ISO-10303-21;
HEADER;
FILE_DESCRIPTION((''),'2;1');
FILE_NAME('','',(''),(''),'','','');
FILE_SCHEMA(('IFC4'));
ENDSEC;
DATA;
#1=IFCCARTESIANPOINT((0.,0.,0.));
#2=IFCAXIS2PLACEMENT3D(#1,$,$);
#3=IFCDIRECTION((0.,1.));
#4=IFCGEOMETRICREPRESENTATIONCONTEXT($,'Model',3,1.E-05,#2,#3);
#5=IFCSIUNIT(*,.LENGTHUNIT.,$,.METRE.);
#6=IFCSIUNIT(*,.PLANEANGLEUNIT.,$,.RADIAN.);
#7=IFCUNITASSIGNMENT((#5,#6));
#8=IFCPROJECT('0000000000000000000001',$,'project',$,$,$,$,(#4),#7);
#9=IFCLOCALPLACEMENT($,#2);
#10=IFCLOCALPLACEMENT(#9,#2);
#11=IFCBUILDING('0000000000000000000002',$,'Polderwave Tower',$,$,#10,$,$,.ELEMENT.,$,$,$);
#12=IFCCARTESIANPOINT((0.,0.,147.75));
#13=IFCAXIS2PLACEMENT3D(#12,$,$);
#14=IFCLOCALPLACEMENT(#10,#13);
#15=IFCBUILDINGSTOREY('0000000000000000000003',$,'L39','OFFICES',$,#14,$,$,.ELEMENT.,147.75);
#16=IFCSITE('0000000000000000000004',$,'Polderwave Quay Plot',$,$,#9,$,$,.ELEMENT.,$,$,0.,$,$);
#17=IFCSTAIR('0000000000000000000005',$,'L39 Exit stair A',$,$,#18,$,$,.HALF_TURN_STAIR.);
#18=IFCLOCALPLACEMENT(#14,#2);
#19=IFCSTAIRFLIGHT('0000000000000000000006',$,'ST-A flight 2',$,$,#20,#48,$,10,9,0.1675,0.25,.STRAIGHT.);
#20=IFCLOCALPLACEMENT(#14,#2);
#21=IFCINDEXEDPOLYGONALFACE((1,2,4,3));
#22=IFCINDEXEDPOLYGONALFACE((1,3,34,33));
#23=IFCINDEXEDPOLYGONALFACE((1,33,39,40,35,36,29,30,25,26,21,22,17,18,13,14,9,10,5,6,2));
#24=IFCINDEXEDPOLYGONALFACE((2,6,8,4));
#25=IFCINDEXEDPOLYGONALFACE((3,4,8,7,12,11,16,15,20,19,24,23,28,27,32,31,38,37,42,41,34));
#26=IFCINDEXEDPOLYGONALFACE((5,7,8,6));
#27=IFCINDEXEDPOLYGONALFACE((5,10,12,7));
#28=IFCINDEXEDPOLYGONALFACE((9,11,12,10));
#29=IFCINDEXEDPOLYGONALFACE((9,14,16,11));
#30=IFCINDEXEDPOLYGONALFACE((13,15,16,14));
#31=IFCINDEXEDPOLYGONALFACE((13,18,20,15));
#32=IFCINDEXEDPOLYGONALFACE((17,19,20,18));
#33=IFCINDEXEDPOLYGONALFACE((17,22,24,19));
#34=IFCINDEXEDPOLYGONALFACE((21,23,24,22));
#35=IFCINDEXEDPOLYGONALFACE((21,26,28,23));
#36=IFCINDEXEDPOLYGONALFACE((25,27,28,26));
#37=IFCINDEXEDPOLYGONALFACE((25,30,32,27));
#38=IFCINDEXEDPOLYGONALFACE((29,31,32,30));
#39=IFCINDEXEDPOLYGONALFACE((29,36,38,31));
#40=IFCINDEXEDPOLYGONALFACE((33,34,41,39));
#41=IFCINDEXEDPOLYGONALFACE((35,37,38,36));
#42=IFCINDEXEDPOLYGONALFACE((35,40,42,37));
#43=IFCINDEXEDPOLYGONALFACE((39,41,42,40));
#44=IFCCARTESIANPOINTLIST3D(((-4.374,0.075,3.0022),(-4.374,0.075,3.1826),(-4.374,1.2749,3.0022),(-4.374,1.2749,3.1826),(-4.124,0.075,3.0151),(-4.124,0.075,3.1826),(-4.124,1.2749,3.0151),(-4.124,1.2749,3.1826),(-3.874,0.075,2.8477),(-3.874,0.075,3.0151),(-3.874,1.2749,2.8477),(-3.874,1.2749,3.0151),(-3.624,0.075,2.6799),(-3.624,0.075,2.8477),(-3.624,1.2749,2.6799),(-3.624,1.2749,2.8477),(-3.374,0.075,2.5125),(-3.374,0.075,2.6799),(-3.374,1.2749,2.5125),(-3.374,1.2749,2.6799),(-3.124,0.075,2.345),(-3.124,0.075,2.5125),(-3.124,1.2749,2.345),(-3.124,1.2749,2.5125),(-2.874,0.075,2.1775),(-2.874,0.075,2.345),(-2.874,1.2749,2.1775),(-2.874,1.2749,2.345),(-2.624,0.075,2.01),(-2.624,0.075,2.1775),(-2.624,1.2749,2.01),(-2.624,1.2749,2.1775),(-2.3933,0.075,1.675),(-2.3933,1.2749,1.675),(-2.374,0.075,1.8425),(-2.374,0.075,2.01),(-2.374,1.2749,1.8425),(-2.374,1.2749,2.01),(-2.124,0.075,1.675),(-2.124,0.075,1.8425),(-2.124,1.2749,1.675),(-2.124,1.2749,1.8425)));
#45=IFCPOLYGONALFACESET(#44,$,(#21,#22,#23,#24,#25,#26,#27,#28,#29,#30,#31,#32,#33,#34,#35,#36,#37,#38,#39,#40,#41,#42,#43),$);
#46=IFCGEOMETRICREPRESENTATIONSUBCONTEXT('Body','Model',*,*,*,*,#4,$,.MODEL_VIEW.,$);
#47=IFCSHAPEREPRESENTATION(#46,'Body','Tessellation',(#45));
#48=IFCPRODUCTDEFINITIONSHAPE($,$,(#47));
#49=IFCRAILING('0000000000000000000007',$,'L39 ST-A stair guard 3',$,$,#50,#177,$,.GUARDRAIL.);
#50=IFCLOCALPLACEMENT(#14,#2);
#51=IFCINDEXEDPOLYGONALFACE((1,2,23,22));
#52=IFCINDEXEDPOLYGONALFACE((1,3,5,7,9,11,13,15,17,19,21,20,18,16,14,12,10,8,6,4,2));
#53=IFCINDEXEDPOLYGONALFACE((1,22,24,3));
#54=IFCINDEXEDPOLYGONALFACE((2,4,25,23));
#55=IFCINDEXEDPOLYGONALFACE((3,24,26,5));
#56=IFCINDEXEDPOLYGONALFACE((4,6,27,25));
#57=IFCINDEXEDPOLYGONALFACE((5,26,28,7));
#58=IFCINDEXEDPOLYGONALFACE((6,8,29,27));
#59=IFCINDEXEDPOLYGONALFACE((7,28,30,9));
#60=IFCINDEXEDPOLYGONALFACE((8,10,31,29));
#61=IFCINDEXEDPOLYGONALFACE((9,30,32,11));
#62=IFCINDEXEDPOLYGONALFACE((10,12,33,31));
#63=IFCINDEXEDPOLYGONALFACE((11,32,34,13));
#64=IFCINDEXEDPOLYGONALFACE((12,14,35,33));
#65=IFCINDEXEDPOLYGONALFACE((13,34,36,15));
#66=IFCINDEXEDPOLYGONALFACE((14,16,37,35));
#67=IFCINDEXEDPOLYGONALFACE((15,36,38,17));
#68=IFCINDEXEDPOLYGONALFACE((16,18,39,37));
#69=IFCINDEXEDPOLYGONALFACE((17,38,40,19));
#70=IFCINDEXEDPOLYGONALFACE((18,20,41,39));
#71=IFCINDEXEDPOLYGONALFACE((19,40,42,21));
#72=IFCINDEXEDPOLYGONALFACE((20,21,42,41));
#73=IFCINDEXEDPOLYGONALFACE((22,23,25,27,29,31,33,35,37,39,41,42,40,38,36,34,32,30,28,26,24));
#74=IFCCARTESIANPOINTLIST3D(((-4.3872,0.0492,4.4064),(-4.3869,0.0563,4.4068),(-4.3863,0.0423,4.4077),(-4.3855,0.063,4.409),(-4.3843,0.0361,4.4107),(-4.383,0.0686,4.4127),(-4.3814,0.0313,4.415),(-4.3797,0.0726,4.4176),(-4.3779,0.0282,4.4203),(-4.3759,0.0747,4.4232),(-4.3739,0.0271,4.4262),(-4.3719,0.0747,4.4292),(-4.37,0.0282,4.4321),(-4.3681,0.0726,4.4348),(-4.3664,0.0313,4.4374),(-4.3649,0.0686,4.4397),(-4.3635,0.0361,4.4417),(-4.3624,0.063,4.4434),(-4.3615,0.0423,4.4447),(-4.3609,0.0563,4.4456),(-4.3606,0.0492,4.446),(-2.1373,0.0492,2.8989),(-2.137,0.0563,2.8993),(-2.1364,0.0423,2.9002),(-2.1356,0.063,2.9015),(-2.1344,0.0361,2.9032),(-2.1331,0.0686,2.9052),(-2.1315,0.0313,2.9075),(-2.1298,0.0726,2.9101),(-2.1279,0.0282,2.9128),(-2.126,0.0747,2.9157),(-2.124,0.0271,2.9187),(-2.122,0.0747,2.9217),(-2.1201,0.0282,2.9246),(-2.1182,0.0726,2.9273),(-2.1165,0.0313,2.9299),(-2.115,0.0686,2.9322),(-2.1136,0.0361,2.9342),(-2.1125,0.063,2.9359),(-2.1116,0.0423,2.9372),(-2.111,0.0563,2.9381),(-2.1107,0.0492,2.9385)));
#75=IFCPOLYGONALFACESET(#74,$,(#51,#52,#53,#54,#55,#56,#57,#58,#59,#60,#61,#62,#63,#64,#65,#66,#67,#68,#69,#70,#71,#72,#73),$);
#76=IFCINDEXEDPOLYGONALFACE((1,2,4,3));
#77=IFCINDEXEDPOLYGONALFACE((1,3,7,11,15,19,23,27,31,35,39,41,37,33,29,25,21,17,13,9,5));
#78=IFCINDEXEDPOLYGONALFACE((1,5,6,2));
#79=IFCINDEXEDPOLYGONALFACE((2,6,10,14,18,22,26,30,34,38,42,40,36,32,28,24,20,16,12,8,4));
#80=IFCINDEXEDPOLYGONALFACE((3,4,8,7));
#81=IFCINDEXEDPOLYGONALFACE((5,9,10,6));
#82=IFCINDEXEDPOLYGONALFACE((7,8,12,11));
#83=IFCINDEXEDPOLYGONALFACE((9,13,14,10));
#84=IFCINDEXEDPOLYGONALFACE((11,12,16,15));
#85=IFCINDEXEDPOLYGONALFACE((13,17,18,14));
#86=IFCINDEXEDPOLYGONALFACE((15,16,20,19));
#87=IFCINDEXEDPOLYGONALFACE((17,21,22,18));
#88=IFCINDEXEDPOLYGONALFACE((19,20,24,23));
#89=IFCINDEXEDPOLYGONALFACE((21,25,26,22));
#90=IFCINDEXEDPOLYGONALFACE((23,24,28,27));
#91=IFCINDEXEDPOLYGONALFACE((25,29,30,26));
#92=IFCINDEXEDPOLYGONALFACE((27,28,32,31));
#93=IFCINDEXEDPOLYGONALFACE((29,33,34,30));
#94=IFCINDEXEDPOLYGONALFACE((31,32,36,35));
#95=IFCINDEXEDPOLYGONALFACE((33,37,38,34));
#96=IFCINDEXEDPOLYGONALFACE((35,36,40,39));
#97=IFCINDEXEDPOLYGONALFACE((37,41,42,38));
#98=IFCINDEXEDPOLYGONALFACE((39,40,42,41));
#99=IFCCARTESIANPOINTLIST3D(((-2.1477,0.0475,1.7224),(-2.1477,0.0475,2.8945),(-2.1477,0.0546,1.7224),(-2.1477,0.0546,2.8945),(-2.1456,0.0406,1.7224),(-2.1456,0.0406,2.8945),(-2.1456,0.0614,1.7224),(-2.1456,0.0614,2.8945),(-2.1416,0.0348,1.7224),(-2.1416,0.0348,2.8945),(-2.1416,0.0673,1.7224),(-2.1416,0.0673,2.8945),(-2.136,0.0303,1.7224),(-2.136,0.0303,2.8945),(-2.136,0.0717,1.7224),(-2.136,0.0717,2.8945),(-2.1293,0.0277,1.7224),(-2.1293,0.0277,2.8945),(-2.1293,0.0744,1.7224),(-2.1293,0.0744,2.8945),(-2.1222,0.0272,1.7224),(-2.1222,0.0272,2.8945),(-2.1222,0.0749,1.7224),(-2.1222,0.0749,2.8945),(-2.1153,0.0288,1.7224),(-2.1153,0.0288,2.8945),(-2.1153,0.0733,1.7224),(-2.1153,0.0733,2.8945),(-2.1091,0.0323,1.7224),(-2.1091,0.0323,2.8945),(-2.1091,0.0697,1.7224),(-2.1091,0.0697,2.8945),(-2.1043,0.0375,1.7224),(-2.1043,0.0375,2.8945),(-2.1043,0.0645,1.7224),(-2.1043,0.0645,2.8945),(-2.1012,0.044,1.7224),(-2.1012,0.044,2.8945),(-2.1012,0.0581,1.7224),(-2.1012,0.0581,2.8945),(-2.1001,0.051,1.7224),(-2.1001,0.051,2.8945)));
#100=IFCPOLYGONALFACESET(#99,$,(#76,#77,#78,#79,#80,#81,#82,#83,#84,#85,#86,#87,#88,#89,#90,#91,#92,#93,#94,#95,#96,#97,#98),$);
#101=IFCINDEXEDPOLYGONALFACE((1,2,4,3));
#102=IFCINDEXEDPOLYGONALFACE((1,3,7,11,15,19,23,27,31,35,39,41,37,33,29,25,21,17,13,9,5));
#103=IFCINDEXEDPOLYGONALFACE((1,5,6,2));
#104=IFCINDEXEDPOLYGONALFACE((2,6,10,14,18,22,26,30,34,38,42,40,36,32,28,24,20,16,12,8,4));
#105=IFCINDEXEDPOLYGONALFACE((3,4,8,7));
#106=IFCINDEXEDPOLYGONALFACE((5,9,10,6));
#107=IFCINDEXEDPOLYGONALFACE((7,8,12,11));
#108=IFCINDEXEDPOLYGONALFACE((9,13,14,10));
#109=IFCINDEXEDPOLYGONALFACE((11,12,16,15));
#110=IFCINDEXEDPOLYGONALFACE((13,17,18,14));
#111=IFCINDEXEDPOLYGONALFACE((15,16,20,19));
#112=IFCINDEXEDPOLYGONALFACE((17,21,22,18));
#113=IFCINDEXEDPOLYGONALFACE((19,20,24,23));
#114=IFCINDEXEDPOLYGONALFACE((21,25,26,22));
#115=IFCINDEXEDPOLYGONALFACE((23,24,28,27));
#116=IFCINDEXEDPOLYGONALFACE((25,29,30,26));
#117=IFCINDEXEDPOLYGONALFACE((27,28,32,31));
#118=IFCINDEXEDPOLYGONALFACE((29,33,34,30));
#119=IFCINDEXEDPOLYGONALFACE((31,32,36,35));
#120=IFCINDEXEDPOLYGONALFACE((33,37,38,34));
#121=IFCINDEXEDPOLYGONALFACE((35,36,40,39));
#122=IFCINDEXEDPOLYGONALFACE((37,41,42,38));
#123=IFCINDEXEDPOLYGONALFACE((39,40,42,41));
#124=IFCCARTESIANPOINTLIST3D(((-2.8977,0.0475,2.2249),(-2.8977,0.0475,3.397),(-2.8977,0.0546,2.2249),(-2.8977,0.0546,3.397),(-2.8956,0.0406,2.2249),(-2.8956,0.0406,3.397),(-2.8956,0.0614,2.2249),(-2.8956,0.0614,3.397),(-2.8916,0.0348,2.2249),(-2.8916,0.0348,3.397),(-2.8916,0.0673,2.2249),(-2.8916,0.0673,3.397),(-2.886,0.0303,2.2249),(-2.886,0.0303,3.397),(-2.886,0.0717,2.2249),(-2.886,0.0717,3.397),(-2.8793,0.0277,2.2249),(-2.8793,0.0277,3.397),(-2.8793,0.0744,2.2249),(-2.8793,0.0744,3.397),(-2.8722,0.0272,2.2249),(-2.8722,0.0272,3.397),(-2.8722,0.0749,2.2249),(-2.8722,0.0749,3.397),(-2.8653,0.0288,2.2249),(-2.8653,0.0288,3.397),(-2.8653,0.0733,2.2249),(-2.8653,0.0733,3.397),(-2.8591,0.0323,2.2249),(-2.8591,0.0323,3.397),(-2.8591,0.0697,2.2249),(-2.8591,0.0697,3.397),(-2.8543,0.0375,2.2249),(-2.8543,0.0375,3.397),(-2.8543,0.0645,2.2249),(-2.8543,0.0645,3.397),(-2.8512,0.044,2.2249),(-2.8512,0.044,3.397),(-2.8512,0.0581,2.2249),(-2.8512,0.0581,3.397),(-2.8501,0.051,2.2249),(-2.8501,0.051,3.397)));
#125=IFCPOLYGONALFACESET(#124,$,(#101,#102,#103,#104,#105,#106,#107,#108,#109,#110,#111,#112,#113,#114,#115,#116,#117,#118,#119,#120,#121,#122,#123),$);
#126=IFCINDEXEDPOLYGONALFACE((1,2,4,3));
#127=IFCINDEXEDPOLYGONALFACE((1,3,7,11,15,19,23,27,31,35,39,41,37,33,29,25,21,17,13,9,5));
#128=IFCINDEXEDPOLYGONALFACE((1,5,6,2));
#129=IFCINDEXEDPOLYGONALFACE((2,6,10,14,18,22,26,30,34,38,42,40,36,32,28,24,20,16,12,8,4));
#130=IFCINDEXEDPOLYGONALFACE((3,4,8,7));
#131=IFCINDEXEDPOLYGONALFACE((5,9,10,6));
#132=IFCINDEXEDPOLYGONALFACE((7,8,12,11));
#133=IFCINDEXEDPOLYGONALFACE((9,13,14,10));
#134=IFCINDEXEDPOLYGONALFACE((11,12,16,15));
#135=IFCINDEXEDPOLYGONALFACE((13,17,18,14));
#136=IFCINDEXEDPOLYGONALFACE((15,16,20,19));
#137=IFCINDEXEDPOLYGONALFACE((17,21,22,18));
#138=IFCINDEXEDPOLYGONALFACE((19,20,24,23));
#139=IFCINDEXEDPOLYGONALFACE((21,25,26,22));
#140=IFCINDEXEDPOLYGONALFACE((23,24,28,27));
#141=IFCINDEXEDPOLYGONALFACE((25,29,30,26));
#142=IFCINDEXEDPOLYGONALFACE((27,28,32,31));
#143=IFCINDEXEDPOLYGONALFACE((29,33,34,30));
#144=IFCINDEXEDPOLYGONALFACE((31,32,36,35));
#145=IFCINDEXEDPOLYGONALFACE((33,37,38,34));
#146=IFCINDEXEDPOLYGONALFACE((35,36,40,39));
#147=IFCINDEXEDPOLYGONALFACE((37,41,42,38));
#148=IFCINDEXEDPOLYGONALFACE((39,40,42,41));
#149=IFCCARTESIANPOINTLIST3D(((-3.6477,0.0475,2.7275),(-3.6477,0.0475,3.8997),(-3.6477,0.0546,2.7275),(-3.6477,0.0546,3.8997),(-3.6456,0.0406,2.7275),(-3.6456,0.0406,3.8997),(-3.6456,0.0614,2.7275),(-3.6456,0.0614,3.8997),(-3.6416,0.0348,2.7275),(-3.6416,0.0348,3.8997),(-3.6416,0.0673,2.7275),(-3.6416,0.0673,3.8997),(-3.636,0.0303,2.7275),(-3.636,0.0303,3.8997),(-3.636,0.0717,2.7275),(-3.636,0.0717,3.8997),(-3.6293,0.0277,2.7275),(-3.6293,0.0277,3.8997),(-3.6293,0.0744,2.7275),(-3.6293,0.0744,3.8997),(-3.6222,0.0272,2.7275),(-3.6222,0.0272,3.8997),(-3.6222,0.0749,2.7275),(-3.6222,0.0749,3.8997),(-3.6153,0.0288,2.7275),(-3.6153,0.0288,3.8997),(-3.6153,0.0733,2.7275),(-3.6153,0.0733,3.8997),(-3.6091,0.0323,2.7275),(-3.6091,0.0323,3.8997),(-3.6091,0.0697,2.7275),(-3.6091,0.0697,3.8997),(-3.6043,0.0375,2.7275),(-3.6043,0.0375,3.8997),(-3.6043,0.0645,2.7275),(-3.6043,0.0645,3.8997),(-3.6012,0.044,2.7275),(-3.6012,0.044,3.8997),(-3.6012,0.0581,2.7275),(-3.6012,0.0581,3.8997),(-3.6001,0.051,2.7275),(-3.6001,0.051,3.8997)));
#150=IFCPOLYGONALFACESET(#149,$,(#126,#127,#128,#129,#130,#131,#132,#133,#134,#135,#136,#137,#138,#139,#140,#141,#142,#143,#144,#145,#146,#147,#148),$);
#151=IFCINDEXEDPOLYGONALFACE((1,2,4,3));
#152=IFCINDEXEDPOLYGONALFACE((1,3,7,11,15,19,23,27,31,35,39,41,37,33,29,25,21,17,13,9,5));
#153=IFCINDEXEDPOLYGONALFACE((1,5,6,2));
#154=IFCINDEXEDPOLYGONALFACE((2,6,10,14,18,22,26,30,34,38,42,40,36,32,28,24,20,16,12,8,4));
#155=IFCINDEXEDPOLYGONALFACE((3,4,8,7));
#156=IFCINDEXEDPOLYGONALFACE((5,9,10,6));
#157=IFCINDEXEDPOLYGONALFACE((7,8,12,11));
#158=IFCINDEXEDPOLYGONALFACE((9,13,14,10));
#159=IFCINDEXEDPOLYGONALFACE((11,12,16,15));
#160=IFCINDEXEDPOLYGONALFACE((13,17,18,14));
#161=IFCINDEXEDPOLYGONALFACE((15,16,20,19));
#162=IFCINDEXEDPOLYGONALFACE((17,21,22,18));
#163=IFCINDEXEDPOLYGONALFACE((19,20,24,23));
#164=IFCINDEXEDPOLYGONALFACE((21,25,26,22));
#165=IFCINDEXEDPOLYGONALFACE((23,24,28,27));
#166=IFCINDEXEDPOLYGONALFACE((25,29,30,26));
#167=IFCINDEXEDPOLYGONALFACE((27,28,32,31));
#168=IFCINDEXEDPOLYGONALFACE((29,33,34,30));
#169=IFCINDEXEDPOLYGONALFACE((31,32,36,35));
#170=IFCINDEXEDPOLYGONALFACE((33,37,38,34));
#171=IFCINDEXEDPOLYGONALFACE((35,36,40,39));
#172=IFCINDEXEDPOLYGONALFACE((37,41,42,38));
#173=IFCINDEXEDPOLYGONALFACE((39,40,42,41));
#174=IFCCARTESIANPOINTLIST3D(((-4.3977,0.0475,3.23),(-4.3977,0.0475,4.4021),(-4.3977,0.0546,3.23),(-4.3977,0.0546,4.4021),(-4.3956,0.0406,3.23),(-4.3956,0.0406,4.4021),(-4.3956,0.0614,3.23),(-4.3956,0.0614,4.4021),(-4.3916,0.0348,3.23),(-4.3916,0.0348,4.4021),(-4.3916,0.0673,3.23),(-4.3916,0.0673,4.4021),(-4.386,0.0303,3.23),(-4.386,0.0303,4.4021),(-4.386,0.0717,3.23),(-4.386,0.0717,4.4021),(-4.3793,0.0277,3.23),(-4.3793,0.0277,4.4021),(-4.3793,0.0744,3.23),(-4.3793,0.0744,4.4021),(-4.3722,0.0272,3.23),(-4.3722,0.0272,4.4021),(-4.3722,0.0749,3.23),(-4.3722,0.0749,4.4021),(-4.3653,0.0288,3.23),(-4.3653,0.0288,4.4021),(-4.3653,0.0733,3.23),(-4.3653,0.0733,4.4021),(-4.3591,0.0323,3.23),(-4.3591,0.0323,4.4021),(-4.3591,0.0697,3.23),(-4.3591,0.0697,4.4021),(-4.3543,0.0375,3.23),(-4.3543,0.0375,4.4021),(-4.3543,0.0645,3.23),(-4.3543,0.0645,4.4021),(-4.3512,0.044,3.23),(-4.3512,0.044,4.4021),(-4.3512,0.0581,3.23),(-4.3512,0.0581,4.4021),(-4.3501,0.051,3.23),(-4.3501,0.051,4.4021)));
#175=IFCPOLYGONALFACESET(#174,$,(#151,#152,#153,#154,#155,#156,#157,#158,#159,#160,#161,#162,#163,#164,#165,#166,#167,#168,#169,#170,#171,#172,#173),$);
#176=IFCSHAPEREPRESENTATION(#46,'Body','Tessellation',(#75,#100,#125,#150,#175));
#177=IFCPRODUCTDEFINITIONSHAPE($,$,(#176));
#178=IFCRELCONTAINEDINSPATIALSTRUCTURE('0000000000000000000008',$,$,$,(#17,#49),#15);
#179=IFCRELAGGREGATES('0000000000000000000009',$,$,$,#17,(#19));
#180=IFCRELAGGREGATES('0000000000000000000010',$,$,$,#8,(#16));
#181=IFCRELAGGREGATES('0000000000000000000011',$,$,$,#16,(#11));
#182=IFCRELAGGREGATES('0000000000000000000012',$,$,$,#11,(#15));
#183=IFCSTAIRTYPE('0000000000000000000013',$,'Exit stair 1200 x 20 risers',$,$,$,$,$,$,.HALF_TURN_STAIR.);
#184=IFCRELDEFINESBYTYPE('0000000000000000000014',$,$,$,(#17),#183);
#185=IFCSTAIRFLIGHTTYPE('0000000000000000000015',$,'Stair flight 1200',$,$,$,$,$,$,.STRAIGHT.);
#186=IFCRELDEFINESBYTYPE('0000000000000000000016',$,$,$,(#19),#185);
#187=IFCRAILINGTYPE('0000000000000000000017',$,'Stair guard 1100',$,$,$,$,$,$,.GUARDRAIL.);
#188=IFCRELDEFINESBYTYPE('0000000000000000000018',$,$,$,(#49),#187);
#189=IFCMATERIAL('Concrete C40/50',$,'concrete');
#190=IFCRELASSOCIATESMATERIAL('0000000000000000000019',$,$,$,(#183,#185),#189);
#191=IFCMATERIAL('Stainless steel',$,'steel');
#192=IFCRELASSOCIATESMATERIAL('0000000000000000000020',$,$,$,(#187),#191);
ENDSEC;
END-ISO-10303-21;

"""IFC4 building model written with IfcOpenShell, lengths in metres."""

from ifc_helpers import new_model, si_unit, direction, frame, origin, origin_2d, place, context, subcontext, project, spatial, polyline, circle, outline, extrude, material, type_object, element, aggregate, save


model = new_model("IFC4")

# Units and contexts
model_context = context("Model", 3, precision=1e-05, world=origin(), true_north=direction((0.0, 1.0)))
body_context = subcontext(model_context, "Body", "Model", "MODEL_VIEW")
ifc_project = project(units=[si_unit("LENGTHUNIT", "METRE"), si_unit("PLANEANGLEUNIT", "RADIAN")], contexts=[model_context])

# Site, building, storey
site_placement = place(None, origin())
site = spatial("IfcSite", under=ifc_project, at=site_placement, Name="Polderwave Quay Plot", CompositionType="ELEMENT", RefElevation=0.0)
building_placement = place(site_placement, origin())
building = spatial("IfcBuilding", under=site, at=building_placement, Name="Polderwave Tower", CompositionType="ELEMENT")
storey_placement = place(building_placement, frame((0.0, 0.0, 147.75)))
storey = spatial("IfcBuildingStorey", under=building, at=storey_placement, Name="L39", Description="OFFICES", CompositionType="ELEMENT", Elevation=147.75)

# Shared definitions
ifc_material_1 = material(Name="Stainless steel", Category="steel")

# Stair, stair flight
ifc_material_2 = material(Name="Concrete C40/50", Category="concrete")
stair_type = type_object("IfcStairType", Name="Exit stair 1200 x 20 risers", PredefinedType="HALF_TURN_STAIR", material=ifc_material_2)
stair_placement = place(storey_placement, origin())
stair = element("IfcStair", 1, at=stair_placement, inside=storey, type_object=stair_type, Name="L39 Exit stair A", PredefinedType="HALF_TURN_STAIR")
stair_flight_type = type_object("IfcStairFlightType", Name="Stair flight 1200", PredefinedType="STRAIGHT", material=ifc_material_2)
stair_flight_placement = place(storey_placement, frame((-2.124, 0.675, 1.675), z_axis=(0.0, 0.0, 1.0), x_axis=(-1.0, 0.0, 0.0)))
stair_flight = element("IfcStairFlight", 2, at=stair_flight_placement, type_object=stair_flight_type, Name="ST-A flight 2", NumberOfRisers=10, NumberOfTreads=9, PredefinedType="STRAIGHT", RiserHeight=0.1675, TreadLength=0.25, context=body_context, shape_type="SweptSolid", body=[
    extrude(outline(polyline([(0.0, 0.0), (0.0, 0.1675), (0.25, 0.1675), (0.25, 0.335), (0.5, 0.335), (0.5, 0.5024), (0.75, 0.5024), (0.75, 0.6699), (1.0, 0.6699), (1.0, 0.8374), (1.25, 0.8374), (1.25, 1.0049), (1.5, 1.0049), (1.5, 1.1726), (1.75, 1.1726), (1.75, 1.3401), (2.0, 1.3401), (2.0, 1.5076), (2.25, 1.5076), (2.25, 1.675), (2.25, 1.3271), (0.2693, 0.0), (0.0, 0.0)])), frame((0.0, 0.6001, 0.0), z_axis=(0.0, -1.0, 0.0), x_axis=(1.0, 0.0, 0.0)), (0.0, 0.0, 1.0), 1.2),
])
aggregate(stair, [stair_flight])

# Railing
railing_type_1 = type_object("IfcRailingType", Name="Stair guard 1100", PredefinedType="GUARDRAIL", material=ifc_material_1)
railing_1_placement = place(storey_placement, frame((-2.124, 0.051, 1.7224)))
element("IfcRailing", 3, at=railing_1_placement, inside=storey, type_object=railing_type_1, Name="L39 ST-A stair guard 3", PredefinedType="GUARDRAIL", context=body_context, shape_type="SweptSolid", body=[
    extrude(circle(Radius=0.0239, at=origin_2d()), frame((0.0, 0.0, 1.1963), z_axis=(-0.830758, 0.0, 0.556633), x_axis=(0.0, -1.0, 0.0)), (0.0, 0.0, 1.0), 2.7083),
    extrude(circle(Radius=0.0239, at=origin_2d()), origin(), (0.0, 0.0, 1.0), 1.1721),
    extrude(circle(Radius=0.0239, at=origin_2d()), frame((-0.75, 0.0, 0.5024)), (0.0, 0.0, 1.0), 1.1721),
    extrude(circle(Radius=0.0239, at=origin_2d()), frame((-1.5, 0.0, 1.0051)), (0.0, 0.0, 1.0), 1.1721),
    extrude(circle(Radius=0.0239, at=origin_2d()), frame((-2.25, 0.0, 1.5076)), (0.0, 0.0, 1.0), 1.1721),
])

save(model, "model.ifc")
